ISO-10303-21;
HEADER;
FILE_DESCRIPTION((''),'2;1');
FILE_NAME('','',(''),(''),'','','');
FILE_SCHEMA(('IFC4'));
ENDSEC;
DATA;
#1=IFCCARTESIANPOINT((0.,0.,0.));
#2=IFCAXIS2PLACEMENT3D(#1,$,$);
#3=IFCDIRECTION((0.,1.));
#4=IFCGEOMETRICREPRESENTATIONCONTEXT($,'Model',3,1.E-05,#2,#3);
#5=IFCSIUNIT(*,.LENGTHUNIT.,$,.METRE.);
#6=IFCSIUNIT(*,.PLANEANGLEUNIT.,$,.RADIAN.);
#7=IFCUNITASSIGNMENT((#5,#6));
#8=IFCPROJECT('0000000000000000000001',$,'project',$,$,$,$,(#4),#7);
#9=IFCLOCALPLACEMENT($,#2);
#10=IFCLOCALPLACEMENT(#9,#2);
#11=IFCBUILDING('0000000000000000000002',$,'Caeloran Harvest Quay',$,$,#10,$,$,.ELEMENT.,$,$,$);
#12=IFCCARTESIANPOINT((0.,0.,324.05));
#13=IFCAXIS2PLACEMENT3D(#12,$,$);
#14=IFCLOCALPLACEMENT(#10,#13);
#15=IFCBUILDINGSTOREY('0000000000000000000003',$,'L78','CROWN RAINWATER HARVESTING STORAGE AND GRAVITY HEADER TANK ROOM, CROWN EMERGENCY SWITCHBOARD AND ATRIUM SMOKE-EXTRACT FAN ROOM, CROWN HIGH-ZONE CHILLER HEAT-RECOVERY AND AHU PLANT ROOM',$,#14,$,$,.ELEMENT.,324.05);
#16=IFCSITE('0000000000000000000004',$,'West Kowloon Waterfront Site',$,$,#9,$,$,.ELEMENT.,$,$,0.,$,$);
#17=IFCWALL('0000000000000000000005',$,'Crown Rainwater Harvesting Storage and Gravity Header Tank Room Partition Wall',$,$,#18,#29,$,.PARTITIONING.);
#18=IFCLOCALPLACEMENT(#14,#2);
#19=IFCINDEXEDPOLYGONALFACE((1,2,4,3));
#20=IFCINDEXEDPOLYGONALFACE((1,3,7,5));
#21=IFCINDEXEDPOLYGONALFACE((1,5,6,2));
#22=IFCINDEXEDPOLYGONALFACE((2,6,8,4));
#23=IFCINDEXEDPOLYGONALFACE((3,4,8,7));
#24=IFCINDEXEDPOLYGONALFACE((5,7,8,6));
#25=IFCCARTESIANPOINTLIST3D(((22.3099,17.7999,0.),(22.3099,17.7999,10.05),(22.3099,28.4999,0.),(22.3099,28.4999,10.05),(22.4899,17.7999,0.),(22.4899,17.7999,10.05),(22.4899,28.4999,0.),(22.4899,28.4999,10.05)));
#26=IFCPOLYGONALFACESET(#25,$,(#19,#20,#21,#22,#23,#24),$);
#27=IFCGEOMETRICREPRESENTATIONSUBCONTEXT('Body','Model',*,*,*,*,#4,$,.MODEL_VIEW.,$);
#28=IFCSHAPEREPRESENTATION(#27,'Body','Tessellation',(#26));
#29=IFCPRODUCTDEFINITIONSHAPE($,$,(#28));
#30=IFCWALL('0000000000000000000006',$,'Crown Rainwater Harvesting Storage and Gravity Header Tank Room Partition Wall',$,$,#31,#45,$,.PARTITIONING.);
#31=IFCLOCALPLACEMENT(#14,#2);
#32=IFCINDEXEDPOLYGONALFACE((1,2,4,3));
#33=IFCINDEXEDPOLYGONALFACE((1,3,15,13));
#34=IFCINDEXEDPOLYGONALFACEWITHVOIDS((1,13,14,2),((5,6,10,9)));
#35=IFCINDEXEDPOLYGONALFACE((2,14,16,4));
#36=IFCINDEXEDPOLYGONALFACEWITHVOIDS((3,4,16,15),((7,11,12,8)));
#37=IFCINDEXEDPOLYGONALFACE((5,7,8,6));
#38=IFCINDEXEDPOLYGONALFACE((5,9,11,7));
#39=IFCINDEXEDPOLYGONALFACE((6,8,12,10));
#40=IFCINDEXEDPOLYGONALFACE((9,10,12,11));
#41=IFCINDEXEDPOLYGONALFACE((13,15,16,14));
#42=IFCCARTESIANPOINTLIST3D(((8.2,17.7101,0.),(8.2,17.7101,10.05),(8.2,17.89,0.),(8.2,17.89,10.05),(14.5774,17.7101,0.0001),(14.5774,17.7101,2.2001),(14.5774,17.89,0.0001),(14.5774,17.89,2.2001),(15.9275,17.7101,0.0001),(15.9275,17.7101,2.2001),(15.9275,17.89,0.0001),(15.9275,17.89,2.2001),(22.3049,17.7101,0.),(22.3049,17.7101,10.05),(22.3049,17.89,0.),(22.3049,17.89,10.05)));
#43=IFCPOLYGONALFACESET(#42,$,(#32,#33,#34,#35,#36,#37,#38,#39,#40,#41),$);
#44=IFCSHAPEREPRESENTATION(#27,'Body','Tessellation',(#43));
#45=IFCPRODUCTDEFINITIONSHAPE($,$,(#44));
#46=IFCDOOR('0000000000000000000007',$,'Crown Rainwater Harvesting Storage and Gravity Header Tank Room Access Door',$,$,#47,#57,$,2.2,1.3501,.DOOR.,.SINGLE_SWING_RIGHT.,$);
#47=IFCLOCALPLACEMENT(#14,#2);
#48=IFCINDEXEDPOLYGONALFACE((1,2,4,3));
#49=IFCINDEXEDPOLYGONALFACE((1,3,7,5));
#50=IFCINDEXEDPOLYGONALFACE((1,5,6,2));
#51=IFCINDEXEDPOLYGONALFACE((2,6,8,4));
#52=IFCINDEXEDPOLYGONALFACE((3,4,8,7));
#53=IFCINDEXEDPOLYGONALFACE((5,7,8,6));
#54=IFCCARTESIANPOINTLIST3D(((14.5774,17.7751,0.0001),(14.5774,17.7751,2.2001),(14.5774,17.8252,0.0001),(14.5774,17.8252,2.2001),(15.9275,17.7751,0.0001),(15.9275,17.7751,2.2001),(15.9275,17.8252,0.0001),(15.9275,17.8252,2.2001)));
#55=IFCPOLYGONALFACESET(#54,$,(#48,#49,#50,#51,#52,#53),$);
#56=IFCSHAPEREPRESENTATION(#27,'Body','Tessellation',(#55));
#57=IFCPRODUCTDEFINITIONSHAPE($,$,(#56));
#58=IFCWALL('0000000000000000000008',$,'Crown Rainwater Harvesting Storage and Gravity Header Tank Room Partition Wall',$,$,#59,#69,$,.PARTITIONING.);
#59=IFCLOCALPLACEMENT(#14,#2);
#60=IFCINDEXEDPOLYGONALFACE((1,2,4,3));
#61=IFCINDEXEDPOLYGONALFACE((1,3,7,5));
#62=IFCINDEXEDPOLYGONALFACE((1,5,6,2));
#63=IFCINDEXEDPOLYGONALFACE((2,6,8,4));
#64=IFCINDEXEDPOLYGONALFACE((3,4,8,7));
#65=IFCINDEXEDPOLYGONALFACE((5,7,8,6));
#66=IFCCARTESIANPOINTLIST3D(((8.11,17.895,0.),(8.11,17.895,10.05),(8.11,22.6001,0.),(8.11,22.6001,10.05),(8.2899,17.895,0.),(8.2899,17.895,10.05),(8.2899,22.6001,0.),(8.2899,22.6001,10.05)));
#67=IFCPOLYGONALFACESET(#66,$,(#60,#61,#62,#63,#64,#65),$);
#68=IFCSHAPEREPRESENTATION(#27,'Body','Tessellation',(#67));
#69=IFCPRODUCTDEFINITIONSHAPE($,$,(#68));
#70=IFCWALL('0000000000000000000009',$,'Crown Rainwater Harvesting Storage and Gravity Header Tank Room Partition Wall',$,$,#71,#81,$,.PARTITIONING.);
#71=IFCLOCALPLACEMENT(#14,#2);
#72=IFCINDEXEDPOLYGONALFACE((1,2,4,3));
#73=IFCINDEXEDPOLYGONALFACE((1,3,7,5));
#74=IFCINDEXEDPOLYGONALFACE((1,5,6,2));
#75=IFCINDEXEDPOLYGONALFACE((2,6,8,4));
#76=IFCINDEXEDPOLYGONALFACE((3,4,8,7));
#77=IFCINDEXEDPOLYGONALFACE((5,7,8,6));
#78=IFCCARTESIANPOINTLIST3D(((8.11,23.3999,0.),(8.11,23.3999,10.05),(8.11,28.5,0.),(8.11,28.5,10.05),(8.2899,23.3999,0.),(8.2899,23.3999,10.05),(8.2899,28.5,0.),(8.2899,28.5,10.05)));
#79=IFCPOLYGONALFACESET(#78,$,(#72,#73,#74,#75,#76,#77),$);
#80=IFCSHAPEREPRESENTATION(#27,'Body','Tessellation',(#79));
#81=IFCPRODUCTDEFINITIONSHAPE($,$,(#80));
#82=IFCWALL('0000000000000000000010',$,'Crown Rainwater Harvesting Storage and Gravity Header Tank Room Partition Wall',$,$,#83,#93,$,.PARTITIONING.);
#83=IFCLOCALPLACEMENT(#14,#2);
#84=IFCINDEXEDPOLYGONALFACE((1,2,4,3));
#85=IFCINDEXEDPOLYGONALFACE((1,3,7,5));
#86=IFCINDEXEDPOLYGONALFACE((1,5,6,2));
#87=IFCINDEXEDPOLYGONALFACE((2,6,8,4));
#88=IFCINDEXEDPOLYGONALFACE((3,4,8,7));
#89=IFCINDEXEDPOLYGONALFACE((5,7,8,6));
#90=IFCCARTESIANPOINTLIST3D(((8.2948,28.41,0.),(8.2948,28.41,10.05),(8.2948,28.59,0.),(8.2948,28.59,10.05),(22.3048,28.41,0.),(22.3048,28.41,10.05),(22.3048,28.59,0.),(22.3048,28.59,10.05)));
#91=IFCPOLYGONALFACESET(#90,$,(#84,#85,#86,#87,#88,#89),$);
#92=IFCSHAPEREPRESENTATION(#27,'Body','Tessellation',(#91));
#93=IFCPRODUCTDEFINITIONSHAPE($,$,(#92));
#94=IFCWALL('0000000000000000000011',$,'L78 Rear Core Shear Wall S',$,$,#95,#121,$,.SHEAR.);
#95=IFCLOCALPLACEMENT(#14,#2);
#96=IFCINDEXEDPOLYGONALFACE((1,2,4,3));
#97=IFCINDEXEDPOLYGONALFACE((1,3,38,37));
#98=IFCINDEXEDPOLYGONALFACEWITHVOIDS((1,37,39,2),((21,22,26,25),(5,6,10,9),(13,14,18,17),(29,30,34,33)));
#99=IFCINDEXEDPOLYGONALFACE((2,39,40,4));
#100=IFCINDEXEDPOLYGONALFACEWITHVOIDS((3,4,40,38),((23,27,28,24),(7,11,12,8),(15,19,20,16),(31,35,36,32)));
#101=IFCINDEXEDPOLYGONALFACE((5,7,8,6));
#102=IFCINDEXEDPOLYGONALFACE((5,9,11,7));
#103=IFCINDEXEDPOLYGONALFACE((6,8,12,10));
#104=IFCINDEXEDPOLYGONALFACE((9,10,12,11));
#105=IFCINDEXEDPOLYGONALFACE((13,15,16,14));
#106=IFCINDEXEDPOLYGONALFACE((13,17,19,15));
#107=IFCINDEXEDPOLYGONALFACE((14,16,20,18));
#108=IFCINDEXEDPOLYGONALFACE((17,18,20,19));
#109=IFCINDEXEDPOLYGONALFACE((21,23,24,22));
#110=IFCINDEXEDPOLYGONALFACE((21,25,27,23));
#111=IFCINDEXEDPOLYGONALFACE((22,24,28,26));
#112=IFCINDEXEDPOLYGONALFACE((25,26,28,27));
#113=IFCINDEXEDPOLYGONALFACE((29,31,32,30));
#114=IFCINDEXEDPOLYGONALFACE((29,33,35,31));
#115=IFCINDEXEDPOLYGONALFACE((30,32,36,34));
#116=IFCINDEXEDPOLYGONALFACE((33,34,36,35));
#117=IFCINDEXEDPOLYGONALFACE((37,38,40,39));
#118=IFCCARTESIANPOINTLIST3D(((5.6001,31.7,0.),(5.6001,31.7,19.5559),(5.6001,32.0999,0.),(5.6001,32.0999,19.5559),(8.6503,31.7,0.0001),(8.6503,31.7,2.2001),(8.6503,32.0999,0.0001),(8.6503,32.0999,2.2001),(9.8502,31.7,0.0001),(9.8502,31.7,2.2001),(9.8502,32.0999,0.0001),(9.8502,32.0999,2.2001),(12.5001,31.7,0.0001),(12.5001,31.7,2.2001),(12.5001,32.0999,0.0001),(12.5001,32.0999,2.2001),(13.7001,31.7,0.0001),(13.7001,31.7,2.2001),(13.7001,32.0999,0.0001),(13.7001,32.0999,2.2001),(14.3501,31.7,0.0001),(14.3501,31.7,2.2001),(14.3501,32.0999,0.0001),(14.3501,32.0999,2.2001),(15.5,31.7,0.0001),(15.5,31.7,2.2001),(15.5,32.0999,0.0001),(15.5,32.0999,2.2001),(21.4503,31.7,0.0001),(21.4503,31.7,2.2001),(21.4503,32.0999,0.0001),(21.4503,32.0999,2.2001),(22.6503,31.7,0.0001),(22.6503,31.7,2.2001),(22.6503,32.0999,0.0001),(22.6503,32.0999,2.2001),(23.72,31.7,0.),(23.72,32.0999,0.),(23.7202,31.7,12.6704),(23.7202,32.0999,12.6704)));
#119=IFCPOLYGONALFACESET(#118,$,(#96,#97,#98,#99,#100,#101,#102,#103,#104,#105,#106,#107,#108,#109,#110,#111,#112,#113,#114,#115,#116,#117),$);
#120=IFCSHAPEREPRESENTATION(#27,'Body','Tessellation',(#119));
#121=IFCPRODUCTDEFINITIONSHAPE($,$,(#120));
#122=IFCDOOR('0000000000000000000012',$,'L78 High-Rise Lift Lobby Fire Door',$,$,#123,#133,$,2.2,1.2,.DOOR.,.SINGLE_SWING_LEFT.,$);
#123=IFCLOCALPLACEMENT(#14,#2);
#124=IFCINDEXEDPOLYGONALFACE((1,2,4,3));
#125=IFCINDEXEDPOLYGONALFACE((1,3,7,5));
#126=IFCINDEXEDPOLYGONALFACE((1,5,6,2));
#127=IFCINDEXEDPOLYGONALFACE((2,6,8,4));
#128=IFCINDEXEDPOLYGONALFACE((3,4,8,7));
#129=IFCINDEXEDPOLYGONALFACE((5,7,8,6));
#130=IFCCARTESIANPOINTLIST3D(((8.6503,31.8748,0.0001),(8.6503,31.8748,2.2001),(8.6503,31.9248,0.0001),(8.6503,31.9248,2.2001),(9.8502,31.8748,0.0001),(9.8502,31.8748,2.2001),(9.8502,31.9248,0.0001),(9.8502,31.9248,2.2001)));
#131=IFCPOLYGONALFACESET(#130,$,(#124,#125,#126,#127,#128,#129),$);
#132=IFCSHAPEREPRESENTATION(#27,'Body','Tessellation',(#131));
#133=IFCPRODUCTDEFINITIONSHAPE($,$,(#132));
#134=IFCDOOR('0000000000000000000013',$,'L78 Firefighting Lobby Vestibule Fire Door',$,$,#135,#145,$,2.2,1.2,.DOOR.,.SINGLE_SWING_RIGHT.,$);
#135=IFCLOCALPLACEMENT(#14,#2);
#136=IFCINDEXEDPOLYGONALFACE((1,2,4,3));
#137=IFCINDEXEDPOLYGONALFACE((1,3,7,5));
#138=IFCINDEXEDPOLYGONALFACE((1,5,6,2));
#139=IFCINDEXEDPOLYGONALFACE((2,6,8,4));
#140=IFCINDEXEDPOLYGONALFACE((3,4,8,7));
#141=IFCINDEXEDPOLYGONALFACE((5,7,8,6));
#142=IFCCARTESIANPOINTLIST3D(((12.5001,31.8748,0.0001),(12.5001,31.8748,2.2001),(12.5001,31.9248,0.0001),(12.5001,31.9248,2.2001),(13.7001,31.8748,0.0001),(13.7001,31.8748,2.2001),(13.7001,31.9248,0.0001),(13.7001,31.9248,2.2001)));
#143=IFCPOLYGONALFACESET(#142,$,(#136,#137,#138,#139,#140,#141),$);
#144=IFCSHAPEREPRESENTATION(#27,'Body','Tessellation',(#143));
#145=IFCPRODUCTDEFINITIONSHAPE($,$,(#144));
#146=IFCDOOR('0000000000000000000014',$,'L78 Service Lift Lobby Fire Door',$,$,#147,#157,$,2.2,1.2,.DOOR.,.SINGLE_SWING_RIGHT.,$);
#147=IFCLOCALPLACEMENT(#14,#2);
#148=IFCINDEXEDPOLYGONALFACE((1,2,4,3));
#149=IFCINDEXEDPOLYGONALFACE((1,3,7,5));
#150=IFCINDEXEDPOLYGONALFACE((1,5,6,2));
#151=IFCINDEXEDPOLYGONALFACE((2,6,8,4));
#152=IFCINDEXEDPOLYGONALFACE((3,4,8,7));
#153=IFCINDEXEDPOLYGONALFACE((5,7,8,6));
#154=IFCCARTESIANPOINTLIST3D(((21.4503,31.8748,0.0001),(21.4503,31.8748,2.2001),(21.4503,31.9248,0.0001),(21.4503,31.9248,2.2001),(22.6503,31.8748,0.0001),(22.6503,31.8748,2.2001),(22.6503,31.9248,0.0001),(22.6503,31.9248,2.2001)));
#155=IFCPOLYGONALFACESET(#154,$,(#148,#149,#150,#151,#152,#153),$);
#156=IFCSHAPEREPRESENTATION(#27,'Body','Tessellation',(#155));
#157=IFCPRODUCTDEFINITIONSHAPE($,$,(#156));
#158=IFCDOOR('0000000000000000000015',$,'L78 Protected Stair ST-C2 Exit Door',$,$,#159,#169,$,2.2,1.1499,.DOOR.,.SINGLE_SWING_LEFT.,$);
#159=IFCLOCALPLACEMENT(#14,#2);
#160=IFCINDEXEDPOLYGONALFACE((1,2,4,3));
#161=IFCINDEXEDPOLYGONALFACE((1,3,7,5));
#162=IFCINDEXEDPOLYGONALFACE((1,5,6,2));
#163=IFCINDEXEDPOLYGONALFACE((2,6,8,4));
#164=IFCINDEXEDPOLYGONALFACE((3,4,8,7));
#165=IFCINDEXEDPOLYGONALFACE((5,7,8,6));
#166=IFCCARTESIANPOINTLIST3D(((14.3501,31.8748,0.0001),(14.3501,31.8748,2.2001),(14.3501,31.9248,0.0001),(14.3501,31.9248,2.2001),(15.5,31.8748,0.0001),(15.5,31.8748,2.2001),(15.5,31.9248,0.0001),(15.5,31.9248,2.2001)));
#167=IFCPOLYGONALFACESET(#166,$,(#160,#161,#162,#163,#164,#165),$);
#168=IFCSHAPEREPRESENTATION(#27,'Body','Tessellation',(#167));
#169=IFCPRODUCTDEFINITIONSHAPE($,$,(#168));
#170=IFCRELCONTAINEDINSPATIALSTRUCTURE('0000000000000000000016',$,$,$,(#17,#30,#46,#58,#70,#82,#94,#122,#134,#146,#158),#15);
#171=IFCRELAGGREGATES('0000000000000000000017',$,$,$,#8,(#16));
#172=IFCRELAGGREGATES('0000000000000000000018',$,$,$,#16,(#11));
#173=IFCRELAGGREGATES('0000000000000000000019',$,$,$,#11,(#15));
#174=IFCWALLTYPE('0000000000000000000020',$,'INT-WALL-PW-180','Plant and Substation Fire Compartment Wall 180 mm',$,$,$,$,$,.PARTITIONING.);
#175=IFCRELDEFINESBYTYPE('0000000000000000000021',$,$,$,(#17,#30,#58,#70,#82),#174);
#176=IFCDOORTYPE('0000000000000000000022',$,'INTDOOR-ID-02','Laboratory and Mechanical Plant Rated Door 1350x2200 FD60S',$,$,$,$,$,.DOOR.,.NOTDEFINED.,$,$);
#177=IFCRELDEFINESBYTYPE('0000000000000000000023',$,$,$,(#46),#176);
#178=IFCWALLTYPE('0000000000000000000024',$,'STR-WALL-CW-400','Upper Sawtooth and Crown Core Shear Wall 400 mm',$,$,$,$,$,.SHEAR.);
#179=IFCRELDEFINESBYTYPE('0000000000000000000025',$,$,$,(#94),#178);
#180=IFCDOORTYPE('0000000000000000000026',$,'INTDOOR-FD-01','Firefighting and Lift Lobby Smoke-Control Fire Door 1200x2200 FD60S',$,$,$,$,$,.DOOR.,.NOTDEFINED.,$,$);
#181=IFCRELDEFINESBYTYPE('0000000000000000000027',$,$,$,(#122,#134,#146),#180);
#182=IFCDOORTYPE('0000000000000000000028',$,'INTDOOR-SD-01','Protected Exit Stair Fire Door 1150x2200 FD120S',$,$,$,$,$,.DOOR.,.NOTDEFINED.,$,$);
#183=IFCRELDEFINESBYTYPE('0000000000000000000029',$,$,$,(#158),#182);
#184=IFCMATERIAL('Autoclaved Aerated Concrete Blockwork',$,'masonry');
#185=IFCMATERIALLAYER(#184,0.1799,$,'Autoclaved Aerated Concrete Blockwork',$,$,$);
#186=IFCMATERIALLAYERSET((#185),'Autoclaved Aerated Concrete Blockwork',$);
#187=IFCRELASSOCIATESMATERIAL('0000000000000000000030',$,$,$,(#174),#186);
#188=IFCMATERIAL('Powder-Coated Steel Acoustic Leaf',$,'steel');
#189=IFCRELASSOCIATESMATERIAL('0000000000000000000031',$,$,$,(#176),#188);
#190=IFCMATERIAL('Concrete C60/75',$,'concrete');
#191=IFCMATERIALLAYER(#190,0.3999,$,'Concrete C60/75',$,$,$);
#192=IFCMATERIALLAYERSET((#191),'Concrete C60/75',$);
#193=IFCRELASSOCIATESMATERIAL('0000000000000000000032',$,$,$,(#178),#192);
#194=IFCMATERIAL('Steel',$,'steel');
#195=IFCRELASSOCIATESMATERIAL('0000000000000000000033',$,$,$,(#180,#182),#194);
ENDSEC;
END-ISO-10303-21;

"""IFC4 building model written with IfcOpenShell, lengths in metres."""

from ifc_helpers import new_model, si_unit, direction, frame, frame_2d, origin, place, context, subcontext, project, spatial, polyline, rectangle, outline, extrude, material, layer, layer_set, type_object, element, fill, save


model = new_model("IFC4")

# Units and contexts
model_context = context("Model", 3, precision=1e-05, world=origin(), true_north=direction((0.0, 1.0)))
body_context = subcontext(model_context, "Body", "Model", "MODEL_VIEW")
ifc_project = project(units=[si_unit("LENGTHUNIT", "METRE"), si_unit("PLANEANGLEUNIT", "RADIAN")], contexts=[model_context])

# Site, building, storey
site_placement = place(None, origin())
site = spatial("IfcSite", under=ifc_project, at=site_placement, Name="West Kowloon Waterfront Site", CompositionType="ELEMENT", RefElevation=0.0)
building_placement = place(site_placement, origin())
building = spatial("IfcBuilding", under=site, at=building_placement, Name="Caeloran Harvest Quay", CompositionType="ELEMENT")
storey_placement = place(building_placement, frame((0.0, 0.0, 324.05)))
storey = spatial("IfcBuildingStorey", under=building, at=storey_placement, Name="L78", Description="CROWN RAINWATER HARVESTING STORAGE AND GRAVITY HEADER TANK ROOM, CROWN EMERGENCY SWITCHBOARD AND ATRIUM SMOKE-EXTRACT FAN ROOM, CROWN HIGH-ZONE CHILLER HEAT-RECOVERY AND AHU PLANT ROOM", CompositionType="ELEMENT", Elevation=324.05)

# Shared definitions
ifc_material_1 = material(Name="Concrete C60/75", Category="concrete")

# Wall
ifc_material_2 = material(Name="Autoclaved Aerated Concrete Blockwork", Category="masonry")
ifc_layer_1 = layer(ifc_material_2, 0.1799, Name="Autoclaved Aerated Concrete Blockwork")
ifc_layer_set_1 = layer_set([ifc_layer_1], Name="Autoclaved Aerated Concrete Blockwork")
wall_type_1 = type_object("IfcWallType", Name="INT-WALL-PW-180", Description="Plant and Substation Fire Compartment Wall 180 mm", PredefinedType="PARTITIONING", material=ifc_layer_set_1)
wall_1_placement = place(storey_placement, frame((22.3999, 28.5, 0.0), z_axis=(0.0, 0.0, 1.0), x_axis=(0.0, -1.0, 0.0)))
element("IfcWall", 1, at=wall_1_placement, inside=storey, type_object=wall_type_1, Name="Crown Rainwater Harvesting Storage and Gravity Header Tank Room Partition Wall", PredefinedType="PARTITIONING", context=body_context, shape_type="SweptSolid", body=[
    extrude(rectangle(XDim=10.7, YDim=0.1799, at=frame_2d((5.3501, 0.0))), origin(), (0.0, 0.0, 1.0), 10.05),
])

# Wall, opening, door
wall_2_placement = place(storey_placement, frame((22.3049, 17.8, 0.0), z_axis=(0.0, 0.0, 1.0), x_axis=(-1.0, 0.0, 0.0)))
wall_2 = element("IfcWall", 2, at=wall_2_placement, inside=storey, type_object=wall_type_1, Name="Crown Rainwater Harvesting Storage and Gravity Header Tank Room Partition Wall", PredefinedType="PARTITIONING", context=body_context, shape_type="SweptSolid", body=[
    extrude(rectangle(XDim=14.105, YDim=0.1799, at=frame_2d((7.0525, 0.0))), origin(), (0.0, 0.0, 1.0), 10.05),
])
opening_1_placement = place(wall_2_placement, frame((6.3774, 0.0, 0.0)))
opening_1 = element("IfcOpeningElement", 3, at=opening_1_placement, cuts=wall_2, PredefinedType="OPENING", context=body_context, shape_type="SweptSolid", body=[
    extrude(rectangle(XDim=1.3501, YDim=2.2, at=frame_2d((0.675, 1.1001))), frame((0.0, 0.1001, 0.0), z_axis=(0.0, -1.0, 0.0), x_axis=(1.0, 0.0, 0.0)), (0.0, 0.0, 1.0), 0.2),
])
ifc_material_3 = material(Name="Powder-Coated Steel Acoustic Leaf", Category="steel")
door_type_1 = type_object("IfcDoorType", Name="INTDOOR-ID-02", Description="Laboratory and Mechanical Plant Rated Door 1350x2200 FD60S", OperationType="NOTDEFINED", PredefinedType="DOOR", material=ifc_material_3)
door_1_placement = place(opening_1_placement, origin())
door_1 = element("IfcDoor", 4, at=door_1_placement, inside=storey, type_object=door_type_1, Name="Crown Rainwater Harvesting Storage and Gravity Header Tank Room Access Door", OperationType="SINGLE_SWING_RIGHT", OverallHeight=2.2, OverallWidth=1.3501, PredefinedType="DOOR", context=body_context, shape_type="SweptSolid", body=[
    extrude(rectangle(XDim=1.3501, YDim=2.2, at=frame_2d((0.675, 1.1001))), frame((0.0, 0.0249, 0.0), z_axis=(0.0, -1.0, 0.0), x_axis=(1.0, 0.0, 0.0)), (0.0, 0.0, 1.0), 0.05),
])
fill(opening_1, door_1)

# Walls
wall_3_placement = place(storey_placement, frame((8.2, 17.895, 0.0), z_axis=(0.0, 0.0, 1.0), x_axis=(0.0, 1.0, 0.0)))
element("IfcWall", 5, at=wall_3_placement, inside=storey, type_object=wall_type_1, Name="Crown Rainwater Harvesting Storage and Gravity Header Tank Room Partition Wall", PredefinedType="PARTITIONING", context=body_context, shape_type="SweptSolid", body=[
    extrude(rectangle(XDim=4.7051, YDim=0.1799, at=frame_2d((2.3525, 0.0))), origin(), (0.0, 0.0, 1.0), 10.05),
])
wall_4_placement = place(storey_placement, frame((8.2, 23.3999, 0.0), z_axis=(0.0, 0.0, 1.0), x_axis=(0.0, 1.0, 0.0)))
element("IfcWall", 6, at=wall_4_placement, inside=storey, type_object=wall_type_1, Name="Crown Rainwater Harvesting Storage and Gravity Header Tank Room Partition Wall", PredefinedType="PARTITIONING", context=body_context, shape_type="SweptSolid", body=[
    extrude(rectangle(XDim=5.1001, YDim=0.1799, at=frame_2d((2.55, 0.0))), origin(), (0.0, 0.0, 1.0), 10.05),
])
wall_5_placement = place(storey_placement, frame((8.2949, 28.5, 0.0), z_axis=(0.0, 0.0, 1.0), x_axis=(1.0, 0.0, 0.0)))
element("IfcWall", 7, at=wall_5_placement, inside=storey, type_object=wall_type_1, Name="Crown Rainwater Harvesting Storage and Gravity Header Tank Room Partition Wall", PredefinedType="PARTITIONING", context=body_context, shape_type="SweptSolid", body=[
    extrude(rectangle(XDim=14.01, YDim=0.1799, at=frame_2d((7.0049, 0.0))), origin(), (0.0, 0.0, 1.0), 10.05),
])

# Wall, openings, doors
ifc_layer_2 = layer(ifc_material_1, 0.3999, Name="Concrete C60/75")
ifc_layer_set_2 = layer_set([ifc_layer_2], Name="Concrete C60/75")
wall_type_2 = type_object("IfcWallType", Name="STR-WALL-CW-400", Description="Upper Sawtooth and Crown Core Shear Wall 400 mm", PredefinedType="SHEAR", material=ifc_layer_set_2)
wall_6_placement = place(storey_placement, frame((5.6001, 31.8999, 0.0), z_axis=(0.0, 0.0, 1.0), x_axis=(1.0, 0.0, 0.0)))
wall_6 = element("IfcWall", 8, at=wall_6_placement, inside=storey, type_object=wall_type_2, Name="L78 Rear Core Shear Wall S", PredefinedType="SHEAR", context=body_context, shape_type="SweptSolid", body=[
    extrude(outline(polyline([(0.0, 0.0), (18.1199, 0.0), (18.1201, 12.6704), (0.0, 19.5559), (0.0, 0.0)])), frame((0.0, 0.2, 0.0), z_axis=(0.0, -1.0, 0.0), x_axis=(1.0, 0.0, 0.0)), (0.0, 0.0, 1.0), 0.3999),
])
opening_2_placement = place(wall_6_placement, frame((3.05, 0.0, 0.0)))
opening_2 = element("IfcOpeningElement", 9, at=opening_2_placement, cuts=wall_6, PredefinedType="OPENING", context=body_context, shape_type="SweptSolid", body=[
    extrude(rectangle(XDim=1.2, YDim=2.2, at=frame_2d((0.6001, 1.1001))), frame((0.0, 0.21, 0.0), z_axis=(0.0, -1.0, 0.0), x_axis=(1.0, 0.0, 0.0)), (0.0, 0.0, 1.0), 0.4199),
])
opening_3_placement = place(wall_6_placement, frame((6.8999, 0.0, 0.0)))
opening_3 = element("IfcOpeningElement", 10, at=opening_3_placement, cuts=wall_6, PredefinedType="OPENING", context=body_context, shape_type="SweptSolid", body=[
    extrude(rectangle(XDim=1.2, YDim=2.2, at=frame_2d((0.6001, 1.1001))), frame((0.0, 0.21, 0.0), z_axis=(0.0, -1.0, 0.0), x_axis=(1.0, 0.0, 0.0)), (0.0, 0.0, 1.0), 0.4199),
])
opening_4_placement = place(wall_6_placement, frame((8.75, 0.0, 0.0)))
opening_4 = element("IfcOpeningElement", 11, at=opening_4_placement, cuts=wall_6, PredefinedType="OPENING", context=body_context, shape_type="SweptSolid", body=[
    extrude(rectangle(XDim=1.1499, YDim=2.2, at=frame_2d((0.575, 1.1001))), frame((0.0, 0.21, 0.0), z_axis=(0.0, -1.0, 0.0), x_axis=(1.0, 0.0, 0.0)), (0.0, 0.0, 1.0), 0.4199),
])
opening_5_placement = place(wall_6_placement, frame((15.8501, 0.0, 0.0)))
opening_5 = element("IfcOpeningElement", 12, at=opening_5_placement, cuts=wall_6, PredefinedType="OPENING", context=body_context, shape_type="SweptSolid", body=[
    extrude(rectangle(XDim=1.2, YDim=2.2, at=frame_2d((0.6001, 1.1001))), frame((0.0, 0.21, 0.0), z_axis=(0.0, -1.0, 0.0), x_axis=(1.0, 0.0, 0.0)), (0.0, 0.0, 1.0), 0.4199),
])
ifc_material_4 = material(Name="Steel", Category="steel")
door_type_2 = type_object("IfcDoorType", Name="INTDOOR-FD-01", Description="Firefighting and Lift Lobby Smoke-Control Fire Door 1200x2200 FD60S", OperationType="NOTDEFINED", PredefinedType="DOOR", material=ifc_material_4)
door_2_placement = place(opening_2_placement, origin())
door_2 = element("IfcDoor", 13, at=door_2_placement, inside=storey, type_object=door_type_2, Name="L78 High-Rise Lift Lobby Fire Door", OperationType="SINGLE_SWING_LEFT", OverallHeight=2.2, OverallWidth=1.2, PredefinedType="DOOR", context=body_context, shape_type="SweptSolid", body=[
    extrude(rectangle(XDim=1.2, YDim=2.2, at=frame_2d((0.6001, 1.1001))), frame((0.0, 0.0249, 0.0), z_axis=(0.0, -1.0, 0.0), x_axis=(1.0, 0.0, 0.0)), (0.0, 0.0, 1.0), 0.05),
])
fill(opening_2, door_2)
door_3_placement = place(opening_3_placement, origin())
door_3 = element("IfcDoor", 14, at=door_3_placement, inside=storey, type_object=door_type_2, Name="L78 Firefighting Lobby Vestibule Fire Door", OperationType="SINGLE_SWING_RIGHT", OverallHeight=2.2, OverallWidth=1.2, PredefinedType="DOOR", context=body_context, shape_type="SweptSolid", body=[
    extrude(rectangle(XDim=1.2, YDim=2.2, at=frame_2d((0.6001, 1.1001))), frame((0.0, 0.0249, 0.0), z_axis=(0.0, -1.0, 0.0), x_axis=(1.0, 0.0, 0.0)), (0.0, 0.0, 1.0), 0.05),
])
fill(opening_3, door_3)
door_4_placement = place(opening_5_placement, origin())
door_4 = element("IfcDoor", 15, at=door_4_placement, inside=storey, type_object=door_type_2, Name="L78 Service Lift Lobby Fire Door", OperationType="SINGLE_SWING_RIGHT", OverallHeight=2.2, OverallWidth=1.2, PredefinedType="DOOR", context=body_context, shape_type="SweptSolid", body=[
    extrude(rectangle(XDim=1.2, YDim=2.2, at=frame_2d((0.6001, 1.1001))), frame((0.0, 0.0249, 0.0), z_axis=(0.0, -1.0, 0.0), x_axis=(1.0, 0.0, 0.0)), (0.0, 0.0, 1.0), 0.05),
])
fill(opening_5, door_4)
door_type_3 = type_object("IfcDoorType", Name="INTDOOR-SD-01", Description="Protected Exit Stair Fire Door 1150x2200 FD120S", OperationType="NOTDEFINED", PredefinedType="DOOR", material=ifc_material_4)
door_5_placement = place(opening_4_placement, origin())
door_5 = element("IfcDoor", 16, at=door_5_placement, inside=storey, type_object=door_type_3, Name="L78 Protected Stair ST-C2 Exit Door", OperationType="SINGLE_SWING_LEFT", OverallHeight=2.2, OverallWidth=1.1499, PredefinedType="DOOR", context=body_context, shape_type="SweptSolid", body=[
    extrude(rectangle(XDim=1.1499, YDim=2.2, at=frame_2d((0.575, 1.1001))), frame((0.0, 0.0249, 0.0), z_axis=(0.0, -1.0, 0.0), x_axis=(1.0, 0.0, 0.0)), (0.0, 0.0, 1.0), 0.05),
])
fill(opening_4, door_5)

save(model, "model.ifc")
